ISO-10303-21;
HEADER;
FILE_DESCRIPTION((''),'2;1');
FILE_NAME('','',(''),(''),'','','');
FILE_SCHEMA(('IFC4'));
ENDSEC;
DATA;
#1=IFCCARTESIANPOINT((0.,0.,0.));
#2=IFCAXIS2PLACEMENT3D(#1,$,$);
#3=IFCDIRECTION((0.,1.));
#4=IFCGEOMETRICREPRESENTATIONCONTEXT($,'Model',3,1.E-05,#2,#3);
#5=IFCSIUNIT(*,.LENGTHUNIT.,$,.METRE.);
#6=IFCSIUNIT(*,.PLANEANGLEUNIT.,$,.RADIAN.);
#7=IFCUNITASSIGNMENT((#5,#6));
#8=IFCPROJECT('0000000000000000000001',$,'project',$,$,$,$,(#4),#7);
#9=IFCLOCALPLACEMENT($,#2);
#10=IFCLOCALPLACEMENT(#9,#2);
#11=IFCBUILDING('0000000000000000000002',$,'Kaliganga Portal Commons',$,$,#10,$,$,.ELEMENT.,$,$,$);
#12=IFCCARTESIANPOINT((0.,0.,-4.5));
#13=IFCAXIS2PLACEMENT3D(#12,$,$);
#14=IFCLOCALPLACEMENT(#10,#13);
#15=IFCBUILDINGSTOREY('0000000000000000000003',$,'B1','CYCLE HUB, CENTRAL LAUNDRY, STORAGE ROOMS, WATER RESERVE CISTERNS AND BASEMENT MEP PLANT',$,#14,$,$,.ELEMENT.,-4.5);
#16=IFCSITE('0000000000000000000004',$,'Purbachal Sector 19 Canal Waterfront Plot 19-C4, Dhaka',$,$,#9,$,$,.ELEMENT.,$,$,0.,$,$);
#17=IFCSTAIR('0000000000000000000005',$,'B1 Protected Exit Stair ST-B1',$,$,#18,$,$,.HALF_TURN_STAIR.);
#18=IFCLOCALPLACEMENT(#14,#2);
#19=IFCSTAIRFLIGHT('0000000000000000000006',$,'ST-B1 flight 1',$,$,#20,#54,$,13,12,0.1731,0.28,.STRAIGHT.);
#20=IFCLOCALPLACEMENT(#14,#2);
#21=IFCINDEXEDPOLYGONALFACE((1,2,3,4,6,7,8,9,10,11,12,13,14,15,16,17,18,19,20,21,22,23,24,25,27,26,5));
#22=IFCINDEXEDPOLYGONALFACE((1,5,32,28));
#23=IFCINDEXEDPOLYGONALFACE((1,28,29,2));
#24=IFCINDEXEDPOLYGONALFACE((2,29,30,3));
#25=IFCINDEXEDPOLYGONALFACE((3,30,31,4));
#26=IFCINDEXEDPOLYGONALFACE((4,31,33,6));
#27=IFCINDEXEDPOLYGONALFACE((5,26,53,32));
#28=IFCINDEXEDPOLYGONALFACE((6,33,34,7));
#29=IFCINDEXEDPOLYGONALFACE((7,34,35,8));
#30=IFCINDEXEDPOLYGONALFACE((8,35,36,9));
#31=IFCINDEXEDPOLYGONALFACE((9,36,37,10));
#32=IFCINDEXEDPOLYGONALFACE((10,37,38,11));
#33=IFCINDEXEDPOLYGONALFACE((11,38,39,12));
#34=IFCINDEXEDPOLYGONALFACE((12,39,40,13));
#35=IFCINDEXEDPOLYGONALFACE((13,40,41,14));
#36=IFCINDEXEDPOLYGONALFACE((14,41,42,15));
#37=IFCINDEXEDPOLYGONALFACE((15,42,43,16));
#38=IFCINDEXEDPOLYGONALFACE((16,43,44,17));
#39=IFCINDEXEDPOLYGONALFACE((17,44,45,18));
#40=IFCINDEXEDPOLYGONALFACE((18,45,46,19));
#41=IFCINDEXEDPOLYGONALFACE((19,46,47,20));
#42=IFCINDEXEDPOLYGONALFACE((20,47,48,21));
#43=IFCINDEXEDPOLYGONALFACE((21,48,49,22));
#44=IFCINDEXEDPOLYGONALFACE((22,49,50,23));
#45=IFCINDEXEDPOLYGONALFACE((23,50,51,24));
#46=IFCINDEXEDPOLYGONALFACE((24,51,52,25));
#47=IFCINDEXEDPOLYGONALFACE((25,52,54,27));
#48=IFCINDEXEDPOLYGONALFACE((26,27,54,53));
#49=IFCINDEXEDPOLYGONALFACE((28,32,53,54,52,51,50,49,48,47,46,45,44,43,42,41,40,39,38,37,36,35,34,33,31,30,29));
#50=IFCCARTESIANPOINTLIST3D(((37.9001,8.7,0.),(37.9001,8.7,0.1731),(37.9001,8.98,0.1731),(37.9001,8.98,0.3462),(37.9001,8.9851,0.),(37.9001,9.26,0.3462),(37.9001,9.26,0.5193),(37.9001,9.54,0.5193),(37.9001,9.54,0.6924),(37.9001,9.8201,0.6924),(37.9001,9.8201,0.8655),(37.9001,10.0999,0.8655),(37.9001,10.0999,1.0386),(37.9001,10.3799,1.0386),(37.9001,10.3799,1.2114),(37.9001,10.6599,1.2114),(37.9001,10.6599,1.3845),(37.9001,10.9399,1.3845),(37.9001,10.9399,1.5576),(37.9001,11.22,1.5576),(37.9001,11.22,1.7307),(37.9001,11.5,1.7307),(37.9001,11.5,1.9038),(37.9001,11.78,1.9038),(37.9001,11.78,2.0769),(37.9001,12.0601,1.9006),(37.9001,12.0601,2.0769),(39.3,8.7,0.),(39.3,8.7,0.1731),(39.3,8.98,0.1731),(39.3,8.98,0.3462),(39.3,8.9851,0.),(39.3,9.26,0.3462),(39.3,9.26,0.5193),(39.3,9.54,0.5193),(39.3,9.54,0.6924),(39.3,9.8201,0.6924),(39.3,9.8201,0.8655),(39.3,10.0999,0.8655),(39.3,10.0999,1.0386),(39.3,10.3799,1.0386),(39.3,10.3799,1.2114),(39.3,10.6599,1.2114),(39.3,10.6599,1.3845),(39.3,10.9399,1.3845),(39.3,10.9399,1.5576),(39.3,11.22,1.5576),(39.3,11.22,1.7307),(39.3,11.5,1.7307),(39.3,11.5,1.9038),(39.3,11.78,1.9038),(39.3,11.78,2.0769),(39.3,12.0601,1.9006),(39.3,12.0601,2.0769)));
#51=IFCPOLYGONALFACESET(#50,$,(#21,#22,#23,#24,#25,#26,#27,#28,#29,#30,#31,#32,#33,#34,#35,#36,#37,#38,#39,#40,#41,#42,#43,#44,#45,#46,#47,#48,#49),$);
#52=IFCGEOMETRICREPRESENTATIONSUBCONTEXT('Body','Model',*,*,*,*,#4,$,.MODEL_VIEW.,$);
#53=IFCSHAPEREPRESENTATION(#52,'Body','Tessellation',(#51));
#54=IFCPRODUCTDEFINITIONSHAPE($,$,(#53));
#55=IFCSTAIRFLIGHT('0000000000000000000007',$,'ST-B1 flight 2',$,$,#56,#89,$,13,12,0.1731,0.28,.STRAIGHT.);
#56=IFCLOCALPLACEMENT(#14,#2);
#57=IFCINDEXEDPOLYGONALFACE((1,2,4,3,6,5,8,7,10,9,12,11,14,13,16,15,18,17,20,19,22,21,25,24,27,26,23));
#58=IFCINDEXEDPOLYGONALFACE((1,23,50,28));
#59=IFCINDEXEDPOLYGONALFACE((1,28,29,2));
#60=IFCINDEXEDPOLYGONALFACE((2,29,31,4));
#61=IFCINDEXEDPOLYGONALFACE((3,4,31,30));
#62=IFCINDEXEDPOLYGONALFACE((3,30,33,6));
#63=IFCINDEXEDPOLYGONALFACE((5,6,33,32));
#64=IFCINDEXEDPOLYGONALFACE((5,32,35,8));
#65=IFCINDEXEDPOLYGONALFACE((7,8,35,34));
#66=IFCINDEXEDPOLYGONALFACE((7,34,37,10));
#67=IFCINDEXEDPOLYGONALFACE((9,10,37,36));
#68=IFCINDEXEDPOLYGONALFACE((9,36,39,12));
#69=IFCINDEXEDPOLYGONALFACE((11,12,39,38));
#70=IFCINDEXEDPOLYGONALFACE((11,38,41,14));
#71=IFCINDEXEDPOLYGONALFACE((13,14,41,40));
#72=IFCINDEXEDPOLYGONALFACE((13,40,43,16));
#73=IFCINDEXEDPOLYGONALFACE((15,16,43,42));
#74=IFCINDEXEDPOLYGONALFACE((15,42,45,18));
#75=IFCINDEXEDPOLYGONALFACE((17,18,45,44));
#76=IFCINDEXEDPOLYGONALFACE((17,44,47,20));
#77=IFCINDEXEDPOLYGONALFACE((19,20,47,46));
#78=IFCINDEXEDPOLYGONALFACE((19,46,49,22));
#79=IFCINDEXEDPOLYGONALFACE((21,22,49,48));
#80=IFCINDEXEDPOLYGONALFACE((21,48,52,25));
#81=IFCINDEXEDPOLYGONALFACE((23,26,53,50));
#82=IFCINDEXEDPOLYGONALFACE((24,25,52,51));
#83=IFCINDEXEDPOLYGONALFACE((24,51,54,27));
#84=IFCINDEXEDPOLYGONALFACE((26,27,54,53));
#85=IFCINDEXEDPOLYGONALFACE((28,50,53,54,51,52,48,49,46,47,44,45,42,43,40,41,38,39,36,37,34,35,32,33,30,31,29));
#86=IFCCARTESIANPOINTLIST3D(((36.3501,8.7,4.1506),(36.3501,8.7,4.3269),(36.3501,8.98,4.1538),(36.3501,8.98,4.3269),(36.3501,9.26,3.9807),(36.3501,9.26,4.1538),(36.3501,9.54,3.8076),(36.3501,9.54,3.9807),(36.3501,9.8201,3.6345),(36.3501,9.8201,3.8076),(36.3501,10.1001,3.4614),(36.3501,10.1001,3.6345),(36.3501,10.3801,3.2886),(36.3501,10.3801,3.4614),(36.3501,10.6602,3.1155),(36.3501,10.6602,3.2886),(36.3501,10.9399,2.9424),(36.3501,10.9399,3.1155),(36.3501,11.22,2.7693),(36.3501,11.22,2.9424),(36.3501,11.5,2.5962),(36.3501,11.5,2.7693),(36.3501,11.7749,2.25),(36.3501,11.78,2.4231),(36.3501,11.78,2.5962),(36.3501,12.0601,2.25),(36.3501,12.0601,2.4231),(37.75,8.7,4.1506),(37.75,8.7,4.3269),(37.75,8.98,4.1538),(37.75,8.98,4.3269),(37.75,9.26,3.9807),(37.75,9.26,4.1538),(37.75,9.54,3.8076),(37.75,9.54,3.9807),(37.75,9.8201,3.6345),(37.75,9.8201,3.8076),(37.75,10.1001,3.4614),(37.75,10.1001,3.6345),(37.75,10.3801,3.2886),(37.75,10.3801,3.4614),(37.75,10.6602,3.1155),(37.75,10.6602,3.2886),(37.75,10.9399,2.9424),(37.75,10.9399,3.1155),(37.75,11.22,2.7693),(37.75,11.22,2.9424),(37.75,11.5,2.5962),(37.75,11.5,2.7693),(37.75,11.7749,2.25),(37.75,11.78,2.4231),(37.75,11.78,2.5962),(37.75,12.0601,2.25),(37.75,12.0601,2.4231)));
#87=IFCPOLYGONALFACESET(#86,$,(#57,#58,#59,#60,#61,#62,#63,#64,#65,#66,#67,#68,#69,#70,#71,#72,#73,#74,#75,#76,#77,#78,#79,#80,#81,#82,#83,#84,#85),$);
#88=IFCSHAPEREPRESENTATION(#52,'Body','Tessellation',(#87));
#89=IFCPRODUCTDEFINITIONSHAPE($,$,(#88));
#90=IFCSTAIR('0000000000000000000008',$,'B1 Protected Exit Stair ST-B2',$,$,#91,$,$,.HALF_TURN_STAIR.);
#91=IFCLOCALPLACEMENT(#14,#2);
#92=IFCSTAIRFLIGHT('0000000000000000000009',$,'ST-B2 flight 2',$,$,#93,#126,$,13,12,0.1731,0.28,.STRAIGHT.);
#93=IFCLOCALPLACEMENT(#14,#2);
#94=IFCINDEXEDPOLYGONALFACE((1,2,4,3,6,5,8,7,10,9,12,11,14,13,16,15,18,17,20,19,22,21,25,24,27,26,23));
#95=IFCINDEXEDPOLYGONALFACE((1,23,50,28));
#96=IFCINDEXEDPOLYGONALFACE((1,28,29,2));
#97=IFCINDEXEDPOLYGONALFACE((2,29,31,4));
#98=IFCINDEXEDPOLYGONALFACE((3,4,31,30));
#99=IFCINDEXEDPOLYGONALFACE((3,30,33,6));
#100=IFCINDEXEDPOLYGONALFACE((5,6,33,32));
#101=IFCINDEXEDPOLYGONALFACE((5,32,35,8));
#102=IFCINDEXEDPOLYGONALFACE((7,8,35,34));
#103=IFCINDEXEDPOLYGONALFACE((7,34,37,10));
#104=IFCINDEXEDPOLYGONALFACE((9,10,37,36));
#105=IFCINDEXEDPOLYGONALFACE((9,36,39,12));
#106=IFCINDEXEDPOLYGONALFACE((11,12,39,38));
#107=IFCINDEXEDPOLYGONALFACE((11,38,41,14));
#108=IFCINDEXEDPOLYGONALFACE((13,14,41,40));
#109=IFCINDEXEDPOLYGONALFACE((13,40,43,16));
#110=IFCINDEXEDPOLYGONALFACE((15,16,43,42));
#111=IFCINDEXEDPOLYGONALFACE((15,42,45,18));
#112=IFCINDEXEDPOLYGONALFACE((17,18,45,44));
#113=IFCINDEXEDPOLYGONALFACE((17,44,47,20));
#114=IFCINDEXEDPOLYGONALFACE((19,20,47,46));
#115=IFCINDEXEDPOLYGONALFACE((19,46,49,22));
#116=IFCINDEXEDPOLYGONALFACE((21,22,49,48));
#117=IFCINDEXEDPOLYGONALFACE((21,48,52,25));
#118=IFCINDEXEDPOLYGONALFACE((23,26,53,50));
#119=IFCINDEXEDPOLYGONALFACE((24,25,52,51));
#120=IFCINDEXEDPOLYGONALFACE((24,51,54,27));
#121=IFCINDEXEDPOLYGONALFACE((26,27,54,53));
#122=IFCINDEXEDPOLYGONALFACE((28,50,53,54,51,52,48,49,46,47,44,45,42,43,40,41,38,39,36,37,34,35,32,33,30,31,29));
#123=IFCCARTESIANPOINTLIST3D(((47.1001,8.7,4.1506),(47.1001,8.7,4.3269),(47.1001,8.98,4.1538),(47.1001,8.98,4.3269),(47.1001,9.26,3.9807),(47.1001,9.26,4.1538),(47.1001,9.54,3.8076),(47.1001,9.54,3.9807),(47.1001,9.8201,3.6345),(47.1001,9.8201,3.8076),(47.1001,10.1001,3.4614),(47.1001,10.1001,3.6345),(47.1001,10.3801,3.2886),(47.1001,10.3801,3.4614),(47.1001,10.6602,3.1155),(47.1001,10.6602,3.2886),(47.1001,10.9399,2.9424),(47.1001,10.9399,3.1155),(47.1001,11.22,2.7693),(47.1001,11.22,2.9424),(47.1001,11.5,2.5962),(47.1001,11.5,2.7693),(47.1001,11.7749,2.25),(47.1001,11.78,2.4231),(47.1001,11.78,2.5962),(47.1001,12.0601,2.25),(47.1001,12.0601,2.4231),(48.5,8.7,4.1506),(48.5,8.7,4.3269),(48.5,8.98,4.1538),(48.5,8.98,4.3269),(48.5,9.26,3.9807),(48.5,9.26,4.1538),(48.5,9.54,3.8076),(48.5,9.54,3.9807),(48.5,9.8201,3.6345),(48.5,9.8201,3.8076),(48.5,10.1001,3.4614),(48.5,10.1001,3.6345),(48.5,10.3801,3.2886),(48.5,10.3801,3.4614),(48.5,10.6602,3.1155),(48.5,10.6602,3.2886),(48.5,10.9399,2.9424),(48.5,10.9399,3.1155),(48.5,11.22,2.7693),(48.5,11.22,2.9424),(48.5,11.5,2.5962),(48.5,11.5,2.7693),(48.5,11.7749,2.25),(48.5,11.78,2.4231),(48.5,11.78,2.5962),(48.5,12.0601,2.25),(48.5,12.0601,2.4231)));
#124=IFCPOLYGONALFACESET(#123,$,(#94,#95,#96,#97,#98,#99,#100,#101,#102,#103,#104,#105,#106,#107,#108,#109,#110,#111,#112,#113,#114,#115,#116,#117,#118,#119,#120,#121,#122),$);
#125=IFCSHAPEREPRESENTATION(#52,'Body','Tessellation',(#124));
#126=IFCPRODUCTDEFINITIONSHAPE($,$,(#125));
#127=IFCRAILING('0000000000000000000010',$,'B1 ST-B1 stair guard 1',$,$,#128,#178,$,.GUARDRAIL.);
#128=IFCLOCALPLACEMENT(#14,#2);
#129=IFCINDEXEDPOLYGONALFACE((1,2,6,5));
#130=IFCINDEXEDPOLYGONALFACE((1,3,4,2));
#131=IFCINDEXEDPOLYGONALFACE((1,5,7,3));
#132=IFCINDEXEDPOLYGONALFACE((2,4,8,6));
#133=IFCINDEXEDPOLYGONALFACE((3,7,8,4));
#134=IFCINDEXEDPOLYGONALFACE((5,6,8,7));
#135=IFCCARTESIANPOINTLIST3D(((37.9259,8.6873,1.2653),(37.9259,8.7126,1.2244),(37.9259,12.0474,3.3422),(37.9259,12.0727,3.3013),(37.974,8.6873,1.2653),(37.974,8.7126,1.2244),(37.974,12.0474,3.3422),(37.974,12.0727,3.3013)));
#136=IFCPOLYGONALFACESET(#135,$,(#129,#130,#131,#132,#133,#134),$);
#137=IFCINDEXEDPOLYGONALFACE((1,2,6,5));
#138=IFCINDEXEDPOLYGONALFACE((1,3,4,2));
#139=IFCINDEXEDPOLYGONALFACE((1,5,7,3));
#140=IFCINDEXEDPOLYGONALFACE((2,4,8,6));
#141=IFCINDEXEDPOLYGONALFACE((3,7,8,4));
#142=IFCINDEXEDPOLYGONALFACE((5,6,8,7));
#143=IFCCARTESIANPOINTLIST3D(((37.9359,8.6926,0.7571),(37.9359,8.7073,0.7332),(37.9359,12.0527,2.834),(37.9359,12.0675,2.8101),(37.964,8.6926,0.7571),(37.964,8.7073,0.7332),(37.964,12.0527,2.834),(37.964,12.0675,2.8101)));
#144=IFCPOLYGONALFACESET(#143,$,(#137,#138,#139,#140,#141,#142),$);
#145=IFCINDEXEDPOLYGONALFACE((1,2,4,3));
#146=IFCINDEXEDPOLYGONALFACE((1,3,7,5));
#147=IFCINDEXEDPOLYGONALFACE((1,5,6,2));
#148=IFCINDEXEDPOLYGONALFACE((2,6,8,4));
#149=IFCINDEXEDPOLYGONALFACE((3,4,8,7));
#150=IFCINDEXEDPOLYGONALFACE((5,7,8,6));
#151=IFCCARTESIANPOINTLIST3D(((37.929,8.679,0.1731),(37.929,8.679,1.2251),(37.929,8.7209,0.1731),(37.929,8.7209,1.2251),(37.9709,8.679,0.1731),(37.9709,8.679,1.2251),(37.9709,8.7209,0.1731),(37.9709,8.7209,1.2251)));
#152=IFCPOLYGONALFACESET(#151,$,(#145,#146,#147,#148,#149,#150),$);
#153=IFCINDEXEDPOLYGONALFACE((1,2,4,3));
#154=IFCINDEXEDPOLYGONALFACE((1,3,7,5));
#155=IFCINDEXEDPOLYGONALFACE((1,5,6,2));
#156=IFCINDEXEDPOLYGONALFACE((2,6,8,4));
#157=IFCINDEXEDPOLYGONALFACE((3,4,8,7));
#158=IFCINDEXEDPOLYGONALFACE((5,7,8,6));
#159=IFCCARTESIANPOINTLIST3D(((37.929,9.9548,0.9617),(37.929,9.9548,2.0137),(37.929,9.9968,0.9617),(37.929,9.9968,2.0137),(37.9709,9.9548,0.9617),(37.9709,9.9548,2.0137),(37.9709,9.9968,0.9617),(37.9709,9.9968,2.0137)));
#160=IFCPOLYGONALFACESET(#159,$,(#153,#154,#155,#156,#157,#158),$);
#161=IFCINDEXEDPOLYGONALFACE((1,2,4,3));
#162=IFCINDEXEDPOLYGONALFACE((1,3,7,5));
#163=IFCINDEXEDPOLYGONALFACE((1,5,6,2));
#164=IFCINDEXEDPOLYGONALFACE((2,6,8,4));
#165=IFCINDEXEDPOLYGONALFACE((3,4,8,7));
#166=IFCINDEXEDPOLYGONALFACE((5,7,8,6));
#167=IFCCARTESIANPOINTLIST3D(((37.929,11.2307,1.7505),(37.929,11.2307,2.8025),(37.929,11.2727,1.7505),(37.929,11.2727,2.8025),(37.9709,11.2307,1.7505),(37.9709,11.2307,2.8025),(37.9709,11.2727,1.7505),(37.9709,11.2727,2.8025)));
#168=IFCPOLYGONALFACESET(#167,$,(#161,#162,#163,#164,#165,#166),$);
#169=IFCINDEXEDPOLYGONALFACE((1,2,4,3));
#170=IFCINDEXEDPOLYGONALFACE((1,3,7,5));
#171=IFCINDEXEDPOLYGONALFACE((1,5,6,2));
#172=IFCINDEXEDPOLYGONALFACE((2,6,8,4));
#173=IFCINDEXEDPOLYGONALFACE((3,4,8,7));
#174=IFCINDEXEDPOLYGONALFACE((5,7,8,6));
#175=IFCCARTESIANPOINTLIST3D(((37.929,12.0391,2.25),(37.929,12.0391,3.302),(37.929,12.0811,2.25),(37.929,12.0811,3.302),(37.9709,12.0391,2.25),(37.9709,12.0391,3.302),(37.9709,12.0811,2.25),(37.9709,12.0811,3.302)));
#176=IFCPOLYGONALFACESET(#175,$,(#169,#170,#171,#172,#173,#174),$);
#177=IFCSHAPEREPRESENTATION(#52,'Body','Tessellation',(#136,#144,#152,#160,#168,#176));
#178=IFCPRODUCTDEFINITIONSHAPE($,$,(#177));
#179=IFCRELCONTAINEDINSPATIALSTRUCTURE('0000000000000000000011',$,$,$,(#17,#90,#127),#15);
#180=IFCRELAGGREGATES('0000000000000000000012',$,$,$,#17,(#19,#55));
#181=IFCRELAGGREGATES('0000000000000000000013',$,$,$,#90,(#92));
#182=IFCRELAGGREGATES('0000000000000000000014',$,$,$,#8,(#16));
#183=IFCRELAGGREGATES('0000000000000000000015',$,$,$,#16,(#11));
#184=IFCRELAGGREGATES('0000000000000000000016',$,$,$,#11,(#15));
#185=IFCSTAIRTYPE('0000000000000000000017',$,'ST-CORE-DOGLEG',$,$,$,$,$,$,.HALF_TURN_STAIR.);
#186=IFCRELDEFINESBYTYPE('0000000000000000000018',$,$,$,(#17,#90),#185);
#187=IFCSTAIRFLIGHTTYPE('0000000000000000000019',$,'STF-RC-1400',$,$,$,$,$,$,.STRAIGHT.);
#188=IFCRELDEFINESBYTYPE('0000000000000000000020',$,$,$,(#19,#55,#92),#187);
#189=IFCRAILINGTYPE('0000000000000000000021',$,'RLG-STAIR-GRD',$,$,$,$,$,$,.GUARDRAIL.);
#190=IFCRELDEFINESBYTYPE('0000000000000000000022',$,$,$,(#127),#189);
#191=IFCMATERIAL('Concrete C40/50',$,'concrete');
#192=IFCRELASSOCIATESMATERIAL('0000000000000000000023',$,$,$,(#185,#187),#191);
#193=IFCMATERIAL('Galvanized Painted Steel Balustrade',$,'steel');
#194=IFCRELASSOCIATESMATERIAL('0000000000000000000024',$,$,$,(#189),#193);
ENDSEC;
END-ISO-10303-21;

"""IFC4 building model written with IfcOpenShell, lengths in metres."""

from ifc_helpers import new_model, si_unit, direction, frame, origin, origin_2d, place, context, subcontext, project, spatial, polyline, rectangle, outline, extrude, material, type_object, element, aggregate, save


model = new_model("IFC4")

# Units and contexts
model_context = context("Model", 3, precision=1e-05, world=origin(), true_north=direction((0.0, 1.0)))
body_context = subcontext(model_context, "Body", "Model", "MODEL_VIEW")
ifc_project = project(units=[si_unit("LENGTHUNIT", "METRE"), si_unit("PLANEANGLEUNIT", "RADIAN")], contexts=[model_context])

# Site, building, storey
site_placement = place(None, origin())
site = spatial("IfcSite", under=ifc_project, at=site_placement, Name="Purbachal Sector 19 Canal Waterfront Plot 19-C4, Dhaka", CompositionType="ELEMENT", RefElevation=0.0)
building_placement = place(site_placement, origin())
building = spatial("IfcBuilding", under=site, at=building_placement, Name="Kaliganga Portal Commons", CompositionType="ELEMENT")
storey_placement = place(building_placement, frame((0.0, 0.0, -4.5)))
storey = spatial("IfcBuildingStorey", under=building, at=storey_placement, Name="B1", Description="CYCLE HUB, CENTRAL LAUNDRY, STORAGE ROOMS, WATER RESERVE CISTERNS AND BASEMENT MEP PLANT", CompositionType="ELEMENT", Elevation=-4.5)

# Stair, stair flights
ifc_material_1 = material(Name="Concrete C40/50", Category="concrete")
stair_type = type_object("IfcStairType", Name="ST-CORE-DOGLEG", PredefinedType="HALF_TURN_STAIR", material=ifc_material_1)
stair_1_placement = place(storey_placement, origin())
stair_1 = element("IfcStair", 1, at=stair_1_placement, inside=storey, type_object=stair_type, Name="B1 Protected Exit Stair ST-B1", PredefinedType="HALF_TURN_STAIR")
stair_flight_type = type_object("IfcStairFlightType", Name="STF-RC-1400", PredefinedType="STRAIGHT", material=ifc_material_1)
stair_flight_1_placement = place(storey_placement, frame((38.6001, 8.7, 0.0), z_axis=(0.0, 0.0, 1.0), x_axis=(0.0, 1.0, 0.0)))
stair_flight_1 = element("IfcStairFlight", 2, at=stair_flight_1_placement, type_object=stair_flight_type, Name="ST-B1 flight 1", NumberOfRisers=13, NumberOfTreads=12, PredefinedType="STRAIGHT", RiserHeight=0.1731, TreadLength=0.28, context=body_context, shape_type="SweptSolid", body=[
    extrude(outline(polyline([(0.0, 0.0), (0.0, 0.1731), (0.28, 0.1731), (0.28, 0.3462), (0.5601, 0.3462), (0.5601, 0.5193), (0.8401, 0.5193), (0.8401, 0.6924), (1.1201, 0.6924), (1.1201, 0.8655), (1.3999, 0.8655), (1.3999, 1.0386), (1.6799, 1.0386), (1.6799, 1.2114), (1.96, 1.2114), (1.96, 1.3845), (2.24, 1.3845), (2.24, 1.5576), (2.52, 1.5576), (2.52, 1.7307), (2.8, 1.7307), (2.8, 1.9038), (3.0801, 1.9038), (3.0801, 2.0769), (3.3601, 2.0769), (3.3601, 2.25), (3.3601, 1.9006), (0.2852, 0.0), (0.0, 0.0)])), frame((0.0, 0.7, 0.0), z_axis=(0.0, -1.0, 0.0), x_axis=(1.0, 0.0, 0.0)), (0.0, 0.0, 1.0), 1.3999),
])
stair_flight_2_placement = place(storey_placement, frame((37.05, 12.0601, 2.25), z_axis=(0.0, 0.0, 1.0), x_axis=(0.0, -1.0, 0.0)))
stair_flight_2 = element("IfcStairFlight", 3, at=stair_flight_2_placement, type_object=stair_flight_type, Name="ST-B1 flight 2", NumberOfRisers=13, NumberOfTreads=12, PredefinedType="STRAIGHT", RiserHeight=0.1731, TreadLength=0.28, context=body_context, shape_type="SweptSolid", body=[
    extrude(outline(polyline([(0.0, 0.0), (0.0, 0.1731), (0.28, 0.1731), (0.28, 0.3462), (0.5601, 0.3462), (0.5601, 0.5193), (0.8401, 0.5193), (0.8401, 0.6924), (1.1201, 0.6924), (1.1201, 0.8655), (1.3999, 0.8655), (1.3999, 1.0386), (1.6799, 1.0386), (1.6799, 1.2114), (1.96, 1.2114), (1.96, 1.3845), (2.24, 1.3845), (2.24, 1.5576), (2.52, 1.5576), (2.52, 1.7307), (2.8, 1.7307), (2.8, 1.9038), (3.0801, 1.9038), (3.0801, 2.0769), (3.3601, 2.0769), (3.3601, 2.25), (3.3601, 1.9006), (0.2852, 0.0), (0.0, 0.0)])), frame((0.0, 0.7, 0.0), z_axis=(0.0, -1.0, 0.0), x_axis=(1.0, 0.0, 0.0)), (0.0, 0.0, 1.0), 1.3999),
])
aggregate(stair_1, [stair_flight_1, stair_flight_2])

# Stair, stair flight
stair_2_placement = place(storey_placement, origin())
stair_2 = element("IfcStair", 4, at=stair_2_placement, inside=storey, type_object=stair_type, Name="B1 Protected Exit Stair ST-B2", PredefinedType="HALF_TURN_STAIR")
stair_flight_3_placement = place(storey_placement, frame((47.8, 12.0601, 2.25), z_axis=(0.0, 0.0, 1.0), x_axis=(0.0, -1.0, 0.0)))
stair_flight_3 = element("IfcStairFlight", 5, at=stair_flight_3_placement, type_object=stair_flight_type, Name="ST-B2 flight 2", NumberOfRisers=13, NumberOfTreads=12, PredefinedType="STRAIGHT", RiserHeight=0.1731, TreadLength=0.28, context=body_context, shape_type="SweptSolid", body=[
    extrude(outline(polyline([(0.0, 0.0), (0.0, 0.1731), (0.28, 0.1731), (0.28, 0.3462), (0.5601, 0.3462), (0.5601, 0.5193), (0.8401, 0.5193), (0.8401, 0.6924), (1.1201, 0.6924), (1.1201, 0.8655), (1.3999, 0.8655), (1.3999, 1.0386), (1.6799, 1.0386), (1.6799, 1.2114), (1.96, 1.2114), (1.96, 1.3845), (2.24, 1.3845), (2.24, 1.5576), (2.52, 1.5576), (2.52, 1.7307), (2.8, 1.7307), (2.8, 1.9038), (3.0801, 1.9038), (3.0801, 2.0769), (3.3601, 2.0769), (3.3601, 2.25), (3.3601, 1.9006), (0.2852, 0.0), (0.0, 0.0)])), frame((0.0, 0.7, 0.0), z_axis=(0.0, -1.0, 0.0), x_axis=(1.0, 0.0, 0.0)), (0.0, 0.0, 1.0), 1.3999),
])
aggregate(stair_2, [stair_flight_3])

# Railing
ifc_material_2 = material(Name="Galvanized Painted Steel Balustrade", Category="steel")
railing_type_1 = type_object("IfcRailingType", Name="RLG-STAIR-GRD", PredefinedType="GUARDRAIL", material=ifc_material_2)
railing_1_placement = place(storey_placement, frame((37.95, 8.7, 0.1731)))
element("IfcRailing", 6, at=railing_1_placement, inside=storey, type_object=railing_type_1, Name="B1 ST-B1 stair guard 1", PredefinedType="GUARDRAIL", context=body_context, shape_type="SweptSolid", body=[
    extrude(rectangle(XDim=0.0481, YDim=0.0481, at=origin_2d()), frame((0.0, 0.0, 1.0718), z_axis=(0.0, 0.850623, 0.525776), x_axis=(-1.0, 0.0, 0.0)), (0.0, 0.0, 1.0), 3.9502),
    extrude(rectangle(XDim=0.0281, YDim=0.0281, at=origin_2d()), frame((0.0, 0.0, 0.572), z_axis=(0.0, 0.850623, 0.525776), x_axis=(-1.0, 0.0, 0.0)), (0.0, 0.0, 1.0), 3.9502),
    extrude(rectangle(XDim=0.042, YDim=0.042, at=origin_2d()), origin(), (0.0, 0.0, 1.0), 1.052),
    extrude(rectangle(XDim=0.042, YDim=0.042, at=origin_2d()), frame((0.0, 1.2759, 0.7886)), (0.0, 0.0, 1.0), 1.052),
    extrude(rectangle(XDim=0.042, YDim=0.042, at=origin_2d()), frame((0.0, 2.5518, 1.5774)), (0.0, 0.0, 1.0), 1.052),
    extrude(rectangle(XDim=0.042, YDim=0.042, at=origin_2d()), frame((0.0, 3.3601, 2.0769)), (0.0, 0.0, 1.0), 1.052),
])

save(model, "model.ifc")
